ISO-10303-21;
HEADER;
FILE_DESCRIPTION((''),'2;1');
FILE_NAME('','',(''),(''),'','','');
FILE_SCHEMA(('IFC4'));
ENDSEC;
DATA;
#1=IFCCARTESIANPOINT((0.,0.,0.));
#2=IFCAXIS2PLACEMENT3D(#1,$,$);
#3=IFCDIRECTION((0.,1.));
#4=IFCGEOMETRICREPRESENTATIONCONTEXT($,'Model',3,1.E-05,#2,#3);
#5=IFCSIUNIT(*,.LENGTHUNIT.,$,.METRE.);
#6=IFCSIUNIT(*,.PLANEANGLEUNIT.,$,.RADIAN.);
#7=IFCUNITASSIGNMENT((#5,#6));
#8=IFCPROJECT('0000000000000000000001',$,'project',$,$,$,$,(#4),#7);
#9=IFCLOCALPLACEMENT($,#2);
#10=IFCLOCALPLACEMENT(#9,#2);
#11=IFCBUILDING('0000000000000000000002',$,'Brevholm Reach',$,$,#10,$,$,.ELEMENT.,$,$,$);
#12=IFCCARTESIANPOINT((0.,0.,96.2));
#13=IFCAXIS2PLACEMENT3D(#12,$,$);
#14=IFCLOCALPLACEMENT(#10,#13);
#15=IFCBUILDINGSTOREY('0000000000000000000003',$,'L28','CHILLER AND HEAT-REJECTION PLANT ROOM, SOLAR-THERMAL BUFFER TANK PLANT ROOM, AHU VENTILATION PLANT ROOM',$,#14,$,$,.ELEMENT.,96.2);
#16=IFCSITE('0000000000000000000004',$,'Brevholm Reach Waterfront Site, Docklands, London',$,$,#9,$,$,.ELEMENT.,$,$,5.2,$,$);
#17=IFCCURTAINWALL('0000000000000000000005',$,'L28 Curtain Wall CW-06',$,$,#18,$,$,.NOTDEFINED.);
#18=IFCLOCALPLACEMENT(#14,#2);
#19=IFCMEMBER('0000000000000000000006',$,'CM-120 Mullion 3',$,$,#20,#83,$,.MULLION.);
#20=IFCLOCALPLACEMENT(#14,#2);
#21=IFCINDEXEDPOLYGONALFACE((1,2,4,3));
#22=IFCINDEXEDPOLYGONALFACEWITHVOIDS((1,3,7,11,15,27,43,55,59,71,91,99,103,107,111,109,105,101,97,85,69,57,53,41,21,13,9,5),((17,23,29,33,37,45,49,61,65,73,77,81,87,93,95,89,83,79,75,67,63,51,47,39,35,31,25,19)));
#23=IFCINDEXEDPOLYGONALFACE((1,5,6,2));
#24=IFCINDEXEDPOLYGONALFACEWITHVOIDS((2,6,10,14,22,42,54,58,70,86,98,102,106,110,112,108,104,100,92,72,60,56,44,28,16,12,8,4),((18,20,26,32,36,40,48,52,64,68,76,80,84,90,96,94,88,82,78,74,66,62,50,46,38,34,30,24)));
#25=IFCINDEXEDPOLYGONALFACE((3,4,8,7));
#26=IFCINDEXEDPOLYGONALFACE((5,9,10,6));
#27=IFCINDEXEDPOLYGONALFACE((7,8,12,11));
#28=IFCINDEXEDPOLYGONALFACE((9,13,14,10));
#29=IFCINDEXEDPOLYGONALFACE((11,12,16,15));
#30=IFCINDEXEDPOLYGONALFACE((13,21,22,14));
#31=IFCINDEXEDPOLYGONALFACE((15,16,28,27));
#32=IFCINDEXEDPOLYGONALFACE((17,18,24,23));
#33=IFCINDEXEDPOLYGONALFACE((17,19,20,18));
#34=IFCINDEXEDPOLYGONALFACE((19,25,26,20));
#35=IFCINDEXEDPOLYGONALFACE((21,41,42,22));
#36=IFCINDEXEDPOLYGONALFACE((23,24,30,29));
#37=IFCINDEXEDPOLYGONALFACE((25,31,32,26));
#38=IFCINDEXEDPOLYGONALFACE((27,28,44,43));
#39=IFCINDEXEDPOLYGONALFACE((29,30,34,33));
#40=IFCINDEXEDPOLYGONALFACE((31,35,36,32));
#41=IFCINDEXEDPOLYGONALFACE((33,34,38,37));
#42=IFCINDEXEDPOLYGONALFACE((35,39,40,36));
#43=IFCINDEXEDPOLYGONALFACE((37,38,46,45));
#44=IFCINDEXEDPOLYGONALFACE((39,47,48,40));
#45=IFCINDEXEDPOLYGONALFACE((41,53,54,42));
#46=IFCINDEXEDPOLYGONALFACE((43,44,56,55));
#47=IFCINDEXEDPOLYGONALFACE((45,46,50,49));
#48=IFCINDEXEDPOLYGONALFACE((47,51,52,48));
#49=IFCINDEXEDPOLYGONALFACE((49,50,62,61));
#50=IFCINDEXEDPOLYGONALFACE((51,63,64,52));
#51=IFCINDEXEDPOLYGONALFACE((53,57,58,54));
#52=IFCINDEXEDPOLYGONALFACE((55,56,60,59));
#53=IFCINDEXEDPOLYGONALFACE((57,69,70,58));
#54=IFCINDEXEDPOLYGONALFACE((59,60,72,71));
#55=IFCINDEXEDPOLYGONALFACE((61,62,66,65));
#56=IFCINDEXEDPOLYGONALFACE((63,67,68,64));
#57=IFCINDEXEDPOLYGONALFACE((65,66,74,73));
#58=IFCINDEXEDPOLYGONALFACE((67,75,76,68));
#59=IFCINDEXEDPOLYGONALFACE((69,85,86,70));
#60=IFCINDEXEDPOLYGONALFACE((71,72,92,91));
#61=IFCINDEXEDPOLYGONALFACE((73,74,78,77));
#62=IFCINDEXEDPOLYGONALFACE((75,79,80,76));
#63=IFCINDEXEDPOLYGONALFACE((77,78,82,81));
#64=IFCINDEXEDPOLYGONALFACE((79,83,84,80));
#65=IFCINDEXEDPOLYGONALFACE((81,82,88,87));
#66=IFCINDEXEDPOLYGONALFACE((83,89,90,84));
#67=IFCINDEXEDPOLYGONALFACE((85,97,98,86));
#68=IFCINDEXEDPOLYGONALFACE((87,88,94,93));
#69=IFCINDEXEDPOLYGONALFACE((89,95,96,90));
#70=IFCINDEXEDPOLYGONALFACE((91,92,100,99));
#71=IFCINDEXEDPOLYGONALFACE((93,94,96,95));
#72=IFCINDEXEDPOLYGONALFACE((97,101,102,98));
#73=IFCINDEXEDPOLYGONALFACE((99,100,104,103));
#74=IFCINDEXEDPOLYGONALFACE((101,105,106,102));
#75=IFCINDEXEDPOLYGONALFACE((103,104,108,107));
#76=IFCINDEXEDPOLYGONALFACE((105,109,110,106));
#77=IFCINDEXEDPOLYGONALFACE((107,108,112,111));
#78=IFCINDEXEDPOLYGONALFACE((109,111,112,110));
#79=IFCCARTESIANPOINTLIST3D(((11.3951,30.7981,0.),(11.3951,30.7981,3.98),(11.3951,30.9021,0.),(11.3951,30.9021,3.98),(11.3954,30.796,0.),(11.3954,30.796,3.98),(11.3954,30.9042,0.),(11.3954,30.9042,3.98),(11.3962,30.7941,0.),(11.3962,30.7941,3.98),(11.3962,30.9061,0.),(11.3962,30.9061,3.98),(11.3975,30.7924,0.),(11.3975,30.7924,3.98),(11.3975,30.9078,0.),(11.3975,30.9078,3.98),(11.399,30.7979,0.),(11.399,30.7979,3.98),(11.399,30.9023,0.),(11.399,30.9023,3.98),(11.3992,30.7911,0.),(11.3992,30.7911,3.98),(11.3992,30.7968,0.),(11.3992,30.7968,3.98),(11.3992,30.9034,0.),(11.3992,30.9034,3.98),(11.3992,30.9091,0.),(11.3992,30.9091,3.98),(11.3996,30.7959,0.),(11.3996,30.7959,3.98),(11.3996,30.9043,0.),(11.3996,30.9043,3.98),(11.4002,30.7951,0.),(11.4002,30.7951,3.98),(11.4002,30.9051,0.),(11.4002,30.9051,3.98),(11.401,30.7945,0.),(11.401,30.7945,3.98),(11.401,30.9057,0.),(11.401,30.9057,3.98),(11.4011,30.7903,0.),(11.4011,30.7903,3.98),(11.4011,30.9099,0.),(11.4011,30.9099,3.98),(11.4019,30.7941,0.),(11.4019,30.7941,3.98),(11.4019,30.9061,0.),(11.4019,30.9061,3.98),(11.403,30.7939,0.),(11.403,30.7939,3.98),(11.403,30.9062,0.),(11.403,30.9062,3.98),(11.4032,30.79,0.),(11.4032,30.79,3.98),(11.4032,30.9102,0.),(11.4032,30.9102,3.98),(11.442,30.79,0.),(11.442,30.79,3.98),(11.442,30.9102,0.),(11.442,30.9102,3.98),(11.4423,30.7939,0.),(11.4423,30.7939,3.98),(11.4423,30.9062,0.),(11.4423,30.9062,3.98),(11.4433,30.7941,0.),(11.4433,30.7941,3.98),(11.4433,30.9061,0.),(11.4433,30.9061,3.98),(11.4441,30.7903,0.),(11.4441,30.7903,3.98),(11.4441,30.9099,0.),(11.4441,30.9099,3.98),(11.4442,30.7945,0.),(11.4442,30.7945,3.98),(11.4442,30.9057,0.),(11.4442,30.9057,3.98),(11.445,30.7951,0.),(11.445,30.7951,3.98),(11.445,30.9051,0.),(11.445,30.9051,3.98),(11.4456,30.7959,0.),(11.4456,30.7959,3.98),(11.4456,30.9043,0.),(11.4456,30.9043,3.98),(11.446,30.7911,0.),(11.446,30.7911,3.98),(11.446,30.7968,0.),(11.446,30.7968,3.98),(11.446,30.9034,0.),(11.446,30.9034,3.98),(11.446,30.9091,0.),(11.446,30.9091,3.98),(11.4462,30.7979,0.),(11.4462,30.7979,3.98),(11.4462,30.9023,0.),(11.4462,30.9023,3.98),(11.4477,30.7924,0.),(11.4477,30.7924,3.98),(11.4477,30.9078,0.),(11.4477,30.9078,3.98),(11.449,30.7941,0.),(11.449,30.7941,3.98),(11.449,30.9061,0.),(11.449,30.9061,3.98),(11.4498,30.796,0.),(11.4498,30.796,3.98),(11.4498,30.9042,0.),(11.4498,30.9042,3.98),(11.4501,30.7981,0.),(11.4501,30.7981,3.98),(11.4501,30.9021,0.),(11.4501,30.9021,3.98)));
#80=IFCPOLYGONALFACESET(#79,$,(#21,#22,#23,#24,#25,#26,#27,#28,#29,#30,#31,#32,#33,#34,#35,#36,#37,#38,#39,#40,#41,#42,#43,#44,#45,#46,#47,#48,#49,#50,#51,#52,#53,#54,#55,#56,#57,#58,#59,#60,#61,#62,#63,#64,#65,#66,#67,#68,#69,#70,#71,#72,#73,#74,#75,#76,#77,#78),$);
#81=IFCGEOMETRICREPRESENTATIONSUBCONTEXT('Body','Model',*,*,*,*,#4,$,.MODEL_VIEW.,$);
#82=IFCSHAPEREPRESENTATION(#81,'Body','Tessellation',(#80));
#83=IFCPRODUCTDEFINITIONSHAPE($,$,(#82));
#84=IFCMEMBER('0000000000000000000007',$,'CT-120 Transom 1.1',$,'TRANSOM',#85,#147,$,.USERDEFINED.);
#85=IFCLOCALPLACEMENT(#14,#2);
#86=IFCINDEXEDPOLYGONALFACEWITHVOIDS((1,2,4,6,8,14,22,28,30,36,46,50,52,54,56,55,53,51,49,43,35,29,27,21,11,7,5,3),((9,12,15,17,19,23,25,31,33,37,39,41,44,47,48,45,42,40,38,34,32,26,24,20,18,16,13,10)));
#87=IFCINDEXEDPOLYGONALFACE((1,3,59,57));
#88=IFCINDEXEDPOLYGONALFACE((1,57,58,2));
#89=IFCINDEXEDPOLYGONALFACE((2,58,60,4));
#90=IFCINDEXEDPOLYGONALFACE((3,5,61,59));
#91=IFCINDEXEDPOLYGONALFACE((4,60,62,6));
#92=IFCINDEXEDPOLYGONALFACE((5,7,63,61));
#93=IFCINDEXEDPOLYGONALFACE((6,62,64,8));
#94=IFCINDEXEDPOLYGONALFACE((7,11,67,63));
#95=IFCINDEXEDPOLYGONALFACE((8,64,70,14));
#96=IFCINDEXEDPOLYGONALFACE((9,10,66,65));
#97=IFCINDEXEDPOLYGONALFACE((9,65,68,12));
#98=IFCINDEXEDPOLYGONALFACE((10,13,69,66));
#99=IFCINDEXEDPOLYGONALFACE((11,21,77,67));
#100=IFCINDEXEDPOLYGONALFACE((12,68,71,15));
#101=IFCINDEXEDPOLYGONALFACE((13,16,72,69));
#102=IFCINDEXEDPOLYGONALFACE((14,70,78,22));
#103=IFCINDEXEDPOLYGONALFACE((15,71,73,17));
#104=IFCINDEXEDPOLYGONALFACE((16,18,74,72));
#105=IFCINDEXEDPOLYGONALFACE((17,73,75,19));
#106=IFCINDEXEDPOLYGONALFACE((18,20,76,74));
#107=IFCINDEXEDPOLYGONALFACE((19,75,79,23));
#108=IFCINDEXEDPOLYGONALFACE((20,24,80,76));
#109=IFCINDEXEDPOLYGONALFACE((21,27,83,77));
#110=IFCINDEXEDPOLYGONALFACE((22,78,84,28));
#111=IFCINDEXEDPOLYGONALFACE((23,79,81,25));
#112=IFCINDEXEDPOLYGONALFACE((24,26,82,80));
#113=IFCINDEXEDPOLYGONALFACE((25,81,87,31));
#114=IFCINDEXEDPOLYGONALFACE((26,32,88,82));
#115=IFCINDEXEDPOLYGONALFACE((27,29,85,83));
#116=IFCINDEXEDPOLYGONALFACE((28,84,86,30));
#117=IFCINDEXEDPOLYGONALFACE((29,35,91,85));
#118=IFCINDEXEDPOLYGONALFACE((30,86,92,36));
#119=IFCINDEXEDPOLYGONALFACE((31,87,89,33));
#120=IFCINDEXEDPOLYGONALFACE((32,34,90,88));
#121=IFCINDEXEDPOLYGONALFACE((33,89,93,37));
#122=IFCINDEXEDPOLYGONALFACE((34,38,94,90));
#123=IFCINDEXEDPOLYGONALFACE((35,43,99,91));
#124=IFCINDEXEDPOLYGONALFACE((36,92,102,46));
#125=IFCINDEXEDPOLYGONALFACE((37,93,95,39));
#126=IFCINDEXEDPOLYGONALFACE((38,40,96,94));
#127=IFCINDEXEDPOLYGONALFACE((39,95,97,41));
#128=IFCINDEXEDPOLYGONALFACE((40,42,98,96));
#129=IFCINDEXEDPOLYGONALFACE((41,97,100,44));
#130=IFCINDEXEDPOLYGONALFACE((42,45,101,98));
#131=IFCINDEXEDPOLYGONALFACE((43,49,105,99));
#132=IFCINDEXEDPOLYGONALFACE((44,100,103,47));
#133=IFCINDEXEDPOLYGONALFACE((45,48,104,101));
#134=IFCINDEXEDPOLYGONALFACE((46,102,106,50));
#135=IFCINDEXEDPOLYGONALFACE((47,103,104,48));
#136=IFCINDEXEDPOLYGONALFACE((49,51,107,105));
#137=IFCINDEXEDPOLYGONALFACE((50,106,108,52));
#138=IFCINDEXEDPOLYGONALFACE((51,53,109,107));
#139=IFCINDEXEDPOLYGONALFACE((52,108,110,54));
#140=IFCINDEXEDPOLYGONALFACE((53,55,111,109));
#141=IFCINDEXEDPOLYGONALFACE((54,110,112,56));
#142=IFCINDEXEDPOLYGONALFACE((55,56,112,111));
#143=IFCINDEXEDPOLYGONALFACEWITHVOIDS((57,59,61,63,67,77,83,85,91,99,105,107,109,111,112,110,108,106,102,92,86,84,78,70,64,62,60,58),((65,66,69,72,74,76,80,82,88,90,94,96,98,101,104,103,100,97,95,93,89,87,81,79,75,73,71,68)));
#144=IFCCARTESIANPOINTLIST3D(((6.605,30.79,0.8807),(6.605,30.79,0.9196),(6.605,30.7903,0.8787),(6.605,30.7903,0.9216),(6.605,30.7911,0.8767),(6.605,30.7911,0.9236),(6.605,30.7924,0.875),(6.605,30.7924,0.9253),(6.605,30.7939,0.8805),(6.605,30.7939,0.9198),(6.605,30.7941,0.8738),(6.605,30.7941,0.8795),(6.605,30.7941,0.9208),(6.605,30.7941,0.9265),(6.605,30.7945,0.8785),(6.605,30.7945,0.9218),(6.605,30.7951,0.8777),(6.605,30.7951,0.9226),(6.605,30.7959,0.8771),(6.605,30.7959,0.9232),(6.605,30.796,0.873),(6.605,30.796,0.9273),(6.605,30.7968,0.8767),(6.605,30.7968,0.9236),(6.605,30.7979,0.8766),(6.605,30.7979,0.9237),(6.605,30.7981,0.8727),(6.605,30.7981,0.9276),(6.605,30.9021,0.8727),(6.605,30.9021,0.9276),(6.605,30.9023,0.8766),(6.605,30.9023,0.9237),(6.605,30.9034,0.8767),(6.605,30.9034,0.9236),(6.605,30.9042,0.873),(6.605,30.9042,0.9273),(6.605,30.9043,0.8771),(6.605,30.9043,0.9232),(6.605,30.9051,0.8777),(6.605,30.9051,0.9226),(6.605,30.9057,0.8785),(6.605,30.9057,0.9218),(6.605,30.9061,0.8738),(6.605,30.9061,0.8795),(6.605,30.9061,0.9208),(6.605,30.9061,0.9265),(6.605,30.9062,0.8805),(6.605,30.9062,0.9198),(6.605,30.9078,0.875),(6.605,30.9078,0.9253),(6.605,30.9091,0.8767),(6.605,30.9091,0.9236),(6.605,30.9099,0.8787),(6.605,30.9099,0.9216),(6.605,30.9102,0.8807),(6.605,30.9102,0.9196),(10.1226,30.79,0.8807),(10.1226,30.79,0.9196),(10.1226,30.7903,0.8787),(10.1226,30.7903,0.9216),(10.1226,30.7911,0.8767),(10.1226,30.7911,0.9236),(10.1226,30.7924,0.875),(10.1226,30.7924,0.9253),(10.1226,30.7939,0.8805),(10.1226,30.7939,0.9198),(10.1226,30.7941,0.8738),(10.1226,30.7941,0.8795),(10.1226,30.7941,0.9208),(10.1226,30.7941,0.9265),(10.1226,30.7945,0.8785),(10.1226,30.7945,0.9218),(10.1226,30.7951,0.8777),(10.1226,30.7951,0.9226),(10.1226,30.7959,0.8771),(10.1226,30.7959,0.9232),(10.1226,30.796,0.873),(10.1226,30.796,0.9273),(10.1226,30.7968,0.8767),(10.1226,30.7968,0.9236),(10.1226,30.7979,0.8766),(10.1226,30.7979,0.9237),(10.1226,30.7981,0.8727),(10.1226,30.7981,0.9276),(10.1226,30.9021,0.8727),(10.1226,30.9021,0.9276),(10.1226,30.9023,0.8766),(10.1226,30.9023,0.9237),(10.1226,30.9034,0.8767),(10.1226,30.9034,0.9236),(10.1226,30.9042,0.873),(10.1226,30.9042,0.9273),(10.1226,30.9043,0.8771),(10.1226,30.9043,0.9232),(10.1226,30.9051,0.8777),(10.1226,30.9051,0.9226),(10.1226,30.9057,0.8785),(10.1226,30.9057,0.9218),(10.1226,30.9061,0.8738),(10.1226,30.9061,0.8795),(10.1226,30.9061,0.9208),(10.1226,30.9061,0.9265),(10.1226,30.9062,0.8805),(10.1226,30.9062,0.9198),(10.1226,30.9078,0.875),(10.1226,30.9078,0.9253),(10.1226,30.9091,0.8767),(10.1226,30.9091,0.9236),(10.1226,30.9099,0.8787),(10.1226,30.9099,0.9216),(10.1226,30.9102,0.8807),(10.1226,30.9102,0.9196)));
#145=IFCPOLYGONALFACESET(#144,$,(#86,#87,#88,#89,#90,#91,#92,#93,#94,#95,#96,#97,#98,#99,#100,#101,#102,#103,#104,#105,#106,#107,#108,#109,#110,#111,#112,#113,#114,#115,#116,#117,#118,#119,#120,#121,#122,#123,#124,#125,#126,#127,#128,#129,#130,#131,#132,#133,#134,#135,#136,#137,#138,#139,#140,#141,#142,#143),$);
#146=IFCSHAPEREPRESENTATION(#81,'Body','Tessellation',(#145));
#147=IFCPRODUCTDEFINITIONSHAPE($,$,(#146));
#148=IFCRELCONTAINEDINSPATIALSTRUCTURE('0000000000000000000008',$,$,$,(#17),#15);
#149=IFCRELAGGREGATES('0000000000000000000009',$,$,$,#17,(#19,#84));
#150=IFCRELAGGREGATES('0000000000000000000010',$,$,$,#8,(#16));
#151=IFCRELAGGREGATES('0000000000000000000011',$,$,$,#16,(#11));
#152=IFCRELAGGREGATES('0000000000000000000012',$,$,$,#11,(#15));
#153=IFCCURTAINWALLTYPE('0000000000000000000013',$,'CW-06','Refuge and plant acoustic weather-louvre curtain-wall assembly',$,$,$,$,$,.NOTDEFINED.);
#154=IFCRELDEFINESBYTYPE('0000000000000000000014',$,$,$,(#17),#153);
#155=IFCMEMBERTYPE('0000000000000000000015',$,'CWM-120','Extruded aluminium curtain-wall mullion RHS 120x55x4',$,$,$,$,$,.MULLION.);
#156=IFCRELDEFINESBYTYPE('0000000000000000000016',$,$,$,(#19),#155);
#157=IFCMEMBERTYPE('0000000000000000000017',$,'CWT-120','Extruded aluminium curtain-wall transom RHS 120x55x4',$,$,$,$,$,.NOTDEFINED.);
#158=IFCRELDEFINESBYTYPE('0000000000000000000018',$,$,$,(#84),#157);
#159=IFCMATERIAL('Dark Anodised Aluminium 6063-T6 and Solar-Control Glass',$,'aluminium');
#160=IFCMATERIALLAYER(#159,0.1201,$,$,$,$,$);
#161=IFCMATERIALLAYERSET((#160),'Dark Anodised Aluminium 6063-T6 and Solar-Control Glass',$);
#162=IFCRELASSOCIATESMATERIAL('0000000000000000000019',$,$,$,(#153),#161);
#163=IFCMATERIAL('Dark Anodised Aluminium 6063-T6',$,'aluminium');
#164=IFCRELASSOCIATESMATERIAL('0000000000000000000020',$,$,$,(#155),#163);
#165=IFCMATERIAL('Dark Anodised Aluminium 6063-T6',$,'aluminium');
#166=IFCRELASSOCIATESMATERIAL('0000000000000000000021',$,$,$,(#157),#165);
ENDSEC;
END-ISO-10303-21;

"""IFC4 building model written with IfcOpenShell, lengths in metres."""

from ifc_helpers import new_model, si_unit, direction, frame, origin, origin_2d, place, context, subcontext, project, spatial, hollow_rectangle, extrude, material, layer, layer_set, material_profile, profile_set, type_object, element, aggregate, save


model = new_model("IFC4")

# Units and contexts
model_context = context("Model", 3, precision=1e-05, world=origin(), true_north=direction((0.0, 1.0)))
body_context = subcontext(model_context, "Body", "Model", "MODEL_VIEW")
ifc_project = project(units=[si_unit("LENGTHUNIT", "METRE"), si_unit("PLANEANGLEUNIT", "RADIAN")], contexts=[model_context])

# Site, building, storey
site_placement = place(None, origin())
site = spatial("IfcSite", under=ifc_project, at=site_placement, Name="Brevholm Reach Waterfront Site, Docklands, London", CompositionType="ELEMENT", RefElevation=5.2)
building_placement = place(site_placement, origin())
building = spatial("IfcBuilding", under=site, at=building_placement, Name="Brevholm Reach", CompositionType="ELEMENT")
storey_placement = place(building_placement, frame((0.0, 0.0, 96.2)))
storey = spatial("IfcBuildingStorey", under=building, at=storey_placement, Name="L28", Description="CHILLER AND HEAT-REJECTION PLANT ROOM, SOLAR-THERMAL BUFFER TANK PLANT ROOM, AHU VENTILATION PLANT ROOM", CompositionType="ELEMENT", Elevation=96.2)

# Curtain wall, members
ifc_material_1 = material(Name="Dark Anodised Aluminium 6063-T6 and Solar-Control Glass", Category="aluminium")
ifc_layer_1 = layer(ifc_material_1, 0.1201)
ifc_layer_set_1 = layer_set([ifc_layer_1], Name="Dark Anodised Aluminium 6063-T6 and Solar-Control Glass")
curtain_wall_type = type_object("IfcCurtainWallType", Name="CW-06", Description="Refuge and plant acoustic weather-louvre curtain-wall assembly", PredefinedType="NOTDEFINED", material=ifc_layer_set_1)
curtain_wall_placement = place(storey_placement, origin())
curtain_wall = element("IfcCurtainWall", 1, at=curtain_wall_placement, inside=storey, type_object=curtain_wall_type, Name="L28 Curtain Wall CW-06", PredefinedType="NOTDEFINED")
ifc_material_2 = material(Name="Dark Anodised Aluminium 6063-T6", Category="aluminium")
ifc_material_profile_1 = material_profile(ifc_material_2, hollow_rectangle(XDim=0.0549, YDim=0.1201, WallThickness=0.0039, InnerFilletRadius=0.0039, OuterFilletRadius=0.0081, at=origin_2d()), Name="RHS 120x55x4")
ifc_profile_set_1 = profile_set([ifc_material_profile_1], Name="Dark Anodised Aluminium 6063-T6")
member_type_1 = type_object("IfcMemberType", Name="CWM-120", Description="Extruded aluminium curtain-wall mullion RHS 120x55x4", PredefinedType="MULLION", material=ifc_profile_set_1)
member_1_placement = place(storey_placement, frame((11.4226, 30.8501, 0.0), z_axis=(0.0, 0.0, 1.0), x_axis=(1.0, 0.0, 0.0)))
member_1 = element("IfcMember", 2, at=member_1_placement, type_object=member_type_1, Name="CM-120 Mullion 3", PredefinedType="MULLION", context=body_context, shape_type="SweptSolid", body=[
    extrude(hollow_rectangle(XDim=0.0549, YDim=0.1201, WallThickness=0.0039, InnerFilletRadius=0.0039, OuterFilletRadius=0.0081, at=origin_2d()), origin(), (0.0, 0.0, 1.0), 3.98),
])
ifc_material_3 = material(Name="Dark Anodised Aluminium 6063-T6", Category="aluminium")
ifc_material_profile_2 = material_profile(ifc_material_3, hollow_rectangle(XDim=0.0549, YDim=0.1201, WallThickness=0.0039, InnerFilletRadius=0.0039, OuterFilletRadius=0.0081, at=origin_2d()), Name="RHS 120x55x4")
ifc_profile_set_2 = profile_set([ifc_material_profile_2], Name="Dark Anodised Aluminium 6063-T6")
member_type_2 = type_object("IfcMemberType", Name="CWT-120", Description="Extruded aluminium curtain-wall transom RHS 120x55x4", PredefinedType="NOTDEFINED", material=ifc_profile_set_2)
member_2_placement = place(storey_placement, frame((6.605, 30.8501, 0.9001), z_axis=(1.0, 0.0, 0.0), x_axis=(0.0, 0.0, 1.0)))
member_2 = element("IfcMember", 3, at=member_2_placement, type_object=member_type_2, Name="CT-120 Transom 1.1", ObjectType="TRANSOM", PredefinedType="USERDEFINED", context=body_context, shape_type="SweptSolid", body=[
    extrude(hollow_rectangle(XDim=0.0549, YDim=0.1201, WallThickness=0.0039, InnerFilletRadius=0.0039, OuterFilletRadius=0.0081, at=origin_2d()), origin(), (0.0, 0.0, 1.0), 3.5176),
])
aggregate(curtain_wall, [member_1, member_2])

save(model, "model.ifc")
